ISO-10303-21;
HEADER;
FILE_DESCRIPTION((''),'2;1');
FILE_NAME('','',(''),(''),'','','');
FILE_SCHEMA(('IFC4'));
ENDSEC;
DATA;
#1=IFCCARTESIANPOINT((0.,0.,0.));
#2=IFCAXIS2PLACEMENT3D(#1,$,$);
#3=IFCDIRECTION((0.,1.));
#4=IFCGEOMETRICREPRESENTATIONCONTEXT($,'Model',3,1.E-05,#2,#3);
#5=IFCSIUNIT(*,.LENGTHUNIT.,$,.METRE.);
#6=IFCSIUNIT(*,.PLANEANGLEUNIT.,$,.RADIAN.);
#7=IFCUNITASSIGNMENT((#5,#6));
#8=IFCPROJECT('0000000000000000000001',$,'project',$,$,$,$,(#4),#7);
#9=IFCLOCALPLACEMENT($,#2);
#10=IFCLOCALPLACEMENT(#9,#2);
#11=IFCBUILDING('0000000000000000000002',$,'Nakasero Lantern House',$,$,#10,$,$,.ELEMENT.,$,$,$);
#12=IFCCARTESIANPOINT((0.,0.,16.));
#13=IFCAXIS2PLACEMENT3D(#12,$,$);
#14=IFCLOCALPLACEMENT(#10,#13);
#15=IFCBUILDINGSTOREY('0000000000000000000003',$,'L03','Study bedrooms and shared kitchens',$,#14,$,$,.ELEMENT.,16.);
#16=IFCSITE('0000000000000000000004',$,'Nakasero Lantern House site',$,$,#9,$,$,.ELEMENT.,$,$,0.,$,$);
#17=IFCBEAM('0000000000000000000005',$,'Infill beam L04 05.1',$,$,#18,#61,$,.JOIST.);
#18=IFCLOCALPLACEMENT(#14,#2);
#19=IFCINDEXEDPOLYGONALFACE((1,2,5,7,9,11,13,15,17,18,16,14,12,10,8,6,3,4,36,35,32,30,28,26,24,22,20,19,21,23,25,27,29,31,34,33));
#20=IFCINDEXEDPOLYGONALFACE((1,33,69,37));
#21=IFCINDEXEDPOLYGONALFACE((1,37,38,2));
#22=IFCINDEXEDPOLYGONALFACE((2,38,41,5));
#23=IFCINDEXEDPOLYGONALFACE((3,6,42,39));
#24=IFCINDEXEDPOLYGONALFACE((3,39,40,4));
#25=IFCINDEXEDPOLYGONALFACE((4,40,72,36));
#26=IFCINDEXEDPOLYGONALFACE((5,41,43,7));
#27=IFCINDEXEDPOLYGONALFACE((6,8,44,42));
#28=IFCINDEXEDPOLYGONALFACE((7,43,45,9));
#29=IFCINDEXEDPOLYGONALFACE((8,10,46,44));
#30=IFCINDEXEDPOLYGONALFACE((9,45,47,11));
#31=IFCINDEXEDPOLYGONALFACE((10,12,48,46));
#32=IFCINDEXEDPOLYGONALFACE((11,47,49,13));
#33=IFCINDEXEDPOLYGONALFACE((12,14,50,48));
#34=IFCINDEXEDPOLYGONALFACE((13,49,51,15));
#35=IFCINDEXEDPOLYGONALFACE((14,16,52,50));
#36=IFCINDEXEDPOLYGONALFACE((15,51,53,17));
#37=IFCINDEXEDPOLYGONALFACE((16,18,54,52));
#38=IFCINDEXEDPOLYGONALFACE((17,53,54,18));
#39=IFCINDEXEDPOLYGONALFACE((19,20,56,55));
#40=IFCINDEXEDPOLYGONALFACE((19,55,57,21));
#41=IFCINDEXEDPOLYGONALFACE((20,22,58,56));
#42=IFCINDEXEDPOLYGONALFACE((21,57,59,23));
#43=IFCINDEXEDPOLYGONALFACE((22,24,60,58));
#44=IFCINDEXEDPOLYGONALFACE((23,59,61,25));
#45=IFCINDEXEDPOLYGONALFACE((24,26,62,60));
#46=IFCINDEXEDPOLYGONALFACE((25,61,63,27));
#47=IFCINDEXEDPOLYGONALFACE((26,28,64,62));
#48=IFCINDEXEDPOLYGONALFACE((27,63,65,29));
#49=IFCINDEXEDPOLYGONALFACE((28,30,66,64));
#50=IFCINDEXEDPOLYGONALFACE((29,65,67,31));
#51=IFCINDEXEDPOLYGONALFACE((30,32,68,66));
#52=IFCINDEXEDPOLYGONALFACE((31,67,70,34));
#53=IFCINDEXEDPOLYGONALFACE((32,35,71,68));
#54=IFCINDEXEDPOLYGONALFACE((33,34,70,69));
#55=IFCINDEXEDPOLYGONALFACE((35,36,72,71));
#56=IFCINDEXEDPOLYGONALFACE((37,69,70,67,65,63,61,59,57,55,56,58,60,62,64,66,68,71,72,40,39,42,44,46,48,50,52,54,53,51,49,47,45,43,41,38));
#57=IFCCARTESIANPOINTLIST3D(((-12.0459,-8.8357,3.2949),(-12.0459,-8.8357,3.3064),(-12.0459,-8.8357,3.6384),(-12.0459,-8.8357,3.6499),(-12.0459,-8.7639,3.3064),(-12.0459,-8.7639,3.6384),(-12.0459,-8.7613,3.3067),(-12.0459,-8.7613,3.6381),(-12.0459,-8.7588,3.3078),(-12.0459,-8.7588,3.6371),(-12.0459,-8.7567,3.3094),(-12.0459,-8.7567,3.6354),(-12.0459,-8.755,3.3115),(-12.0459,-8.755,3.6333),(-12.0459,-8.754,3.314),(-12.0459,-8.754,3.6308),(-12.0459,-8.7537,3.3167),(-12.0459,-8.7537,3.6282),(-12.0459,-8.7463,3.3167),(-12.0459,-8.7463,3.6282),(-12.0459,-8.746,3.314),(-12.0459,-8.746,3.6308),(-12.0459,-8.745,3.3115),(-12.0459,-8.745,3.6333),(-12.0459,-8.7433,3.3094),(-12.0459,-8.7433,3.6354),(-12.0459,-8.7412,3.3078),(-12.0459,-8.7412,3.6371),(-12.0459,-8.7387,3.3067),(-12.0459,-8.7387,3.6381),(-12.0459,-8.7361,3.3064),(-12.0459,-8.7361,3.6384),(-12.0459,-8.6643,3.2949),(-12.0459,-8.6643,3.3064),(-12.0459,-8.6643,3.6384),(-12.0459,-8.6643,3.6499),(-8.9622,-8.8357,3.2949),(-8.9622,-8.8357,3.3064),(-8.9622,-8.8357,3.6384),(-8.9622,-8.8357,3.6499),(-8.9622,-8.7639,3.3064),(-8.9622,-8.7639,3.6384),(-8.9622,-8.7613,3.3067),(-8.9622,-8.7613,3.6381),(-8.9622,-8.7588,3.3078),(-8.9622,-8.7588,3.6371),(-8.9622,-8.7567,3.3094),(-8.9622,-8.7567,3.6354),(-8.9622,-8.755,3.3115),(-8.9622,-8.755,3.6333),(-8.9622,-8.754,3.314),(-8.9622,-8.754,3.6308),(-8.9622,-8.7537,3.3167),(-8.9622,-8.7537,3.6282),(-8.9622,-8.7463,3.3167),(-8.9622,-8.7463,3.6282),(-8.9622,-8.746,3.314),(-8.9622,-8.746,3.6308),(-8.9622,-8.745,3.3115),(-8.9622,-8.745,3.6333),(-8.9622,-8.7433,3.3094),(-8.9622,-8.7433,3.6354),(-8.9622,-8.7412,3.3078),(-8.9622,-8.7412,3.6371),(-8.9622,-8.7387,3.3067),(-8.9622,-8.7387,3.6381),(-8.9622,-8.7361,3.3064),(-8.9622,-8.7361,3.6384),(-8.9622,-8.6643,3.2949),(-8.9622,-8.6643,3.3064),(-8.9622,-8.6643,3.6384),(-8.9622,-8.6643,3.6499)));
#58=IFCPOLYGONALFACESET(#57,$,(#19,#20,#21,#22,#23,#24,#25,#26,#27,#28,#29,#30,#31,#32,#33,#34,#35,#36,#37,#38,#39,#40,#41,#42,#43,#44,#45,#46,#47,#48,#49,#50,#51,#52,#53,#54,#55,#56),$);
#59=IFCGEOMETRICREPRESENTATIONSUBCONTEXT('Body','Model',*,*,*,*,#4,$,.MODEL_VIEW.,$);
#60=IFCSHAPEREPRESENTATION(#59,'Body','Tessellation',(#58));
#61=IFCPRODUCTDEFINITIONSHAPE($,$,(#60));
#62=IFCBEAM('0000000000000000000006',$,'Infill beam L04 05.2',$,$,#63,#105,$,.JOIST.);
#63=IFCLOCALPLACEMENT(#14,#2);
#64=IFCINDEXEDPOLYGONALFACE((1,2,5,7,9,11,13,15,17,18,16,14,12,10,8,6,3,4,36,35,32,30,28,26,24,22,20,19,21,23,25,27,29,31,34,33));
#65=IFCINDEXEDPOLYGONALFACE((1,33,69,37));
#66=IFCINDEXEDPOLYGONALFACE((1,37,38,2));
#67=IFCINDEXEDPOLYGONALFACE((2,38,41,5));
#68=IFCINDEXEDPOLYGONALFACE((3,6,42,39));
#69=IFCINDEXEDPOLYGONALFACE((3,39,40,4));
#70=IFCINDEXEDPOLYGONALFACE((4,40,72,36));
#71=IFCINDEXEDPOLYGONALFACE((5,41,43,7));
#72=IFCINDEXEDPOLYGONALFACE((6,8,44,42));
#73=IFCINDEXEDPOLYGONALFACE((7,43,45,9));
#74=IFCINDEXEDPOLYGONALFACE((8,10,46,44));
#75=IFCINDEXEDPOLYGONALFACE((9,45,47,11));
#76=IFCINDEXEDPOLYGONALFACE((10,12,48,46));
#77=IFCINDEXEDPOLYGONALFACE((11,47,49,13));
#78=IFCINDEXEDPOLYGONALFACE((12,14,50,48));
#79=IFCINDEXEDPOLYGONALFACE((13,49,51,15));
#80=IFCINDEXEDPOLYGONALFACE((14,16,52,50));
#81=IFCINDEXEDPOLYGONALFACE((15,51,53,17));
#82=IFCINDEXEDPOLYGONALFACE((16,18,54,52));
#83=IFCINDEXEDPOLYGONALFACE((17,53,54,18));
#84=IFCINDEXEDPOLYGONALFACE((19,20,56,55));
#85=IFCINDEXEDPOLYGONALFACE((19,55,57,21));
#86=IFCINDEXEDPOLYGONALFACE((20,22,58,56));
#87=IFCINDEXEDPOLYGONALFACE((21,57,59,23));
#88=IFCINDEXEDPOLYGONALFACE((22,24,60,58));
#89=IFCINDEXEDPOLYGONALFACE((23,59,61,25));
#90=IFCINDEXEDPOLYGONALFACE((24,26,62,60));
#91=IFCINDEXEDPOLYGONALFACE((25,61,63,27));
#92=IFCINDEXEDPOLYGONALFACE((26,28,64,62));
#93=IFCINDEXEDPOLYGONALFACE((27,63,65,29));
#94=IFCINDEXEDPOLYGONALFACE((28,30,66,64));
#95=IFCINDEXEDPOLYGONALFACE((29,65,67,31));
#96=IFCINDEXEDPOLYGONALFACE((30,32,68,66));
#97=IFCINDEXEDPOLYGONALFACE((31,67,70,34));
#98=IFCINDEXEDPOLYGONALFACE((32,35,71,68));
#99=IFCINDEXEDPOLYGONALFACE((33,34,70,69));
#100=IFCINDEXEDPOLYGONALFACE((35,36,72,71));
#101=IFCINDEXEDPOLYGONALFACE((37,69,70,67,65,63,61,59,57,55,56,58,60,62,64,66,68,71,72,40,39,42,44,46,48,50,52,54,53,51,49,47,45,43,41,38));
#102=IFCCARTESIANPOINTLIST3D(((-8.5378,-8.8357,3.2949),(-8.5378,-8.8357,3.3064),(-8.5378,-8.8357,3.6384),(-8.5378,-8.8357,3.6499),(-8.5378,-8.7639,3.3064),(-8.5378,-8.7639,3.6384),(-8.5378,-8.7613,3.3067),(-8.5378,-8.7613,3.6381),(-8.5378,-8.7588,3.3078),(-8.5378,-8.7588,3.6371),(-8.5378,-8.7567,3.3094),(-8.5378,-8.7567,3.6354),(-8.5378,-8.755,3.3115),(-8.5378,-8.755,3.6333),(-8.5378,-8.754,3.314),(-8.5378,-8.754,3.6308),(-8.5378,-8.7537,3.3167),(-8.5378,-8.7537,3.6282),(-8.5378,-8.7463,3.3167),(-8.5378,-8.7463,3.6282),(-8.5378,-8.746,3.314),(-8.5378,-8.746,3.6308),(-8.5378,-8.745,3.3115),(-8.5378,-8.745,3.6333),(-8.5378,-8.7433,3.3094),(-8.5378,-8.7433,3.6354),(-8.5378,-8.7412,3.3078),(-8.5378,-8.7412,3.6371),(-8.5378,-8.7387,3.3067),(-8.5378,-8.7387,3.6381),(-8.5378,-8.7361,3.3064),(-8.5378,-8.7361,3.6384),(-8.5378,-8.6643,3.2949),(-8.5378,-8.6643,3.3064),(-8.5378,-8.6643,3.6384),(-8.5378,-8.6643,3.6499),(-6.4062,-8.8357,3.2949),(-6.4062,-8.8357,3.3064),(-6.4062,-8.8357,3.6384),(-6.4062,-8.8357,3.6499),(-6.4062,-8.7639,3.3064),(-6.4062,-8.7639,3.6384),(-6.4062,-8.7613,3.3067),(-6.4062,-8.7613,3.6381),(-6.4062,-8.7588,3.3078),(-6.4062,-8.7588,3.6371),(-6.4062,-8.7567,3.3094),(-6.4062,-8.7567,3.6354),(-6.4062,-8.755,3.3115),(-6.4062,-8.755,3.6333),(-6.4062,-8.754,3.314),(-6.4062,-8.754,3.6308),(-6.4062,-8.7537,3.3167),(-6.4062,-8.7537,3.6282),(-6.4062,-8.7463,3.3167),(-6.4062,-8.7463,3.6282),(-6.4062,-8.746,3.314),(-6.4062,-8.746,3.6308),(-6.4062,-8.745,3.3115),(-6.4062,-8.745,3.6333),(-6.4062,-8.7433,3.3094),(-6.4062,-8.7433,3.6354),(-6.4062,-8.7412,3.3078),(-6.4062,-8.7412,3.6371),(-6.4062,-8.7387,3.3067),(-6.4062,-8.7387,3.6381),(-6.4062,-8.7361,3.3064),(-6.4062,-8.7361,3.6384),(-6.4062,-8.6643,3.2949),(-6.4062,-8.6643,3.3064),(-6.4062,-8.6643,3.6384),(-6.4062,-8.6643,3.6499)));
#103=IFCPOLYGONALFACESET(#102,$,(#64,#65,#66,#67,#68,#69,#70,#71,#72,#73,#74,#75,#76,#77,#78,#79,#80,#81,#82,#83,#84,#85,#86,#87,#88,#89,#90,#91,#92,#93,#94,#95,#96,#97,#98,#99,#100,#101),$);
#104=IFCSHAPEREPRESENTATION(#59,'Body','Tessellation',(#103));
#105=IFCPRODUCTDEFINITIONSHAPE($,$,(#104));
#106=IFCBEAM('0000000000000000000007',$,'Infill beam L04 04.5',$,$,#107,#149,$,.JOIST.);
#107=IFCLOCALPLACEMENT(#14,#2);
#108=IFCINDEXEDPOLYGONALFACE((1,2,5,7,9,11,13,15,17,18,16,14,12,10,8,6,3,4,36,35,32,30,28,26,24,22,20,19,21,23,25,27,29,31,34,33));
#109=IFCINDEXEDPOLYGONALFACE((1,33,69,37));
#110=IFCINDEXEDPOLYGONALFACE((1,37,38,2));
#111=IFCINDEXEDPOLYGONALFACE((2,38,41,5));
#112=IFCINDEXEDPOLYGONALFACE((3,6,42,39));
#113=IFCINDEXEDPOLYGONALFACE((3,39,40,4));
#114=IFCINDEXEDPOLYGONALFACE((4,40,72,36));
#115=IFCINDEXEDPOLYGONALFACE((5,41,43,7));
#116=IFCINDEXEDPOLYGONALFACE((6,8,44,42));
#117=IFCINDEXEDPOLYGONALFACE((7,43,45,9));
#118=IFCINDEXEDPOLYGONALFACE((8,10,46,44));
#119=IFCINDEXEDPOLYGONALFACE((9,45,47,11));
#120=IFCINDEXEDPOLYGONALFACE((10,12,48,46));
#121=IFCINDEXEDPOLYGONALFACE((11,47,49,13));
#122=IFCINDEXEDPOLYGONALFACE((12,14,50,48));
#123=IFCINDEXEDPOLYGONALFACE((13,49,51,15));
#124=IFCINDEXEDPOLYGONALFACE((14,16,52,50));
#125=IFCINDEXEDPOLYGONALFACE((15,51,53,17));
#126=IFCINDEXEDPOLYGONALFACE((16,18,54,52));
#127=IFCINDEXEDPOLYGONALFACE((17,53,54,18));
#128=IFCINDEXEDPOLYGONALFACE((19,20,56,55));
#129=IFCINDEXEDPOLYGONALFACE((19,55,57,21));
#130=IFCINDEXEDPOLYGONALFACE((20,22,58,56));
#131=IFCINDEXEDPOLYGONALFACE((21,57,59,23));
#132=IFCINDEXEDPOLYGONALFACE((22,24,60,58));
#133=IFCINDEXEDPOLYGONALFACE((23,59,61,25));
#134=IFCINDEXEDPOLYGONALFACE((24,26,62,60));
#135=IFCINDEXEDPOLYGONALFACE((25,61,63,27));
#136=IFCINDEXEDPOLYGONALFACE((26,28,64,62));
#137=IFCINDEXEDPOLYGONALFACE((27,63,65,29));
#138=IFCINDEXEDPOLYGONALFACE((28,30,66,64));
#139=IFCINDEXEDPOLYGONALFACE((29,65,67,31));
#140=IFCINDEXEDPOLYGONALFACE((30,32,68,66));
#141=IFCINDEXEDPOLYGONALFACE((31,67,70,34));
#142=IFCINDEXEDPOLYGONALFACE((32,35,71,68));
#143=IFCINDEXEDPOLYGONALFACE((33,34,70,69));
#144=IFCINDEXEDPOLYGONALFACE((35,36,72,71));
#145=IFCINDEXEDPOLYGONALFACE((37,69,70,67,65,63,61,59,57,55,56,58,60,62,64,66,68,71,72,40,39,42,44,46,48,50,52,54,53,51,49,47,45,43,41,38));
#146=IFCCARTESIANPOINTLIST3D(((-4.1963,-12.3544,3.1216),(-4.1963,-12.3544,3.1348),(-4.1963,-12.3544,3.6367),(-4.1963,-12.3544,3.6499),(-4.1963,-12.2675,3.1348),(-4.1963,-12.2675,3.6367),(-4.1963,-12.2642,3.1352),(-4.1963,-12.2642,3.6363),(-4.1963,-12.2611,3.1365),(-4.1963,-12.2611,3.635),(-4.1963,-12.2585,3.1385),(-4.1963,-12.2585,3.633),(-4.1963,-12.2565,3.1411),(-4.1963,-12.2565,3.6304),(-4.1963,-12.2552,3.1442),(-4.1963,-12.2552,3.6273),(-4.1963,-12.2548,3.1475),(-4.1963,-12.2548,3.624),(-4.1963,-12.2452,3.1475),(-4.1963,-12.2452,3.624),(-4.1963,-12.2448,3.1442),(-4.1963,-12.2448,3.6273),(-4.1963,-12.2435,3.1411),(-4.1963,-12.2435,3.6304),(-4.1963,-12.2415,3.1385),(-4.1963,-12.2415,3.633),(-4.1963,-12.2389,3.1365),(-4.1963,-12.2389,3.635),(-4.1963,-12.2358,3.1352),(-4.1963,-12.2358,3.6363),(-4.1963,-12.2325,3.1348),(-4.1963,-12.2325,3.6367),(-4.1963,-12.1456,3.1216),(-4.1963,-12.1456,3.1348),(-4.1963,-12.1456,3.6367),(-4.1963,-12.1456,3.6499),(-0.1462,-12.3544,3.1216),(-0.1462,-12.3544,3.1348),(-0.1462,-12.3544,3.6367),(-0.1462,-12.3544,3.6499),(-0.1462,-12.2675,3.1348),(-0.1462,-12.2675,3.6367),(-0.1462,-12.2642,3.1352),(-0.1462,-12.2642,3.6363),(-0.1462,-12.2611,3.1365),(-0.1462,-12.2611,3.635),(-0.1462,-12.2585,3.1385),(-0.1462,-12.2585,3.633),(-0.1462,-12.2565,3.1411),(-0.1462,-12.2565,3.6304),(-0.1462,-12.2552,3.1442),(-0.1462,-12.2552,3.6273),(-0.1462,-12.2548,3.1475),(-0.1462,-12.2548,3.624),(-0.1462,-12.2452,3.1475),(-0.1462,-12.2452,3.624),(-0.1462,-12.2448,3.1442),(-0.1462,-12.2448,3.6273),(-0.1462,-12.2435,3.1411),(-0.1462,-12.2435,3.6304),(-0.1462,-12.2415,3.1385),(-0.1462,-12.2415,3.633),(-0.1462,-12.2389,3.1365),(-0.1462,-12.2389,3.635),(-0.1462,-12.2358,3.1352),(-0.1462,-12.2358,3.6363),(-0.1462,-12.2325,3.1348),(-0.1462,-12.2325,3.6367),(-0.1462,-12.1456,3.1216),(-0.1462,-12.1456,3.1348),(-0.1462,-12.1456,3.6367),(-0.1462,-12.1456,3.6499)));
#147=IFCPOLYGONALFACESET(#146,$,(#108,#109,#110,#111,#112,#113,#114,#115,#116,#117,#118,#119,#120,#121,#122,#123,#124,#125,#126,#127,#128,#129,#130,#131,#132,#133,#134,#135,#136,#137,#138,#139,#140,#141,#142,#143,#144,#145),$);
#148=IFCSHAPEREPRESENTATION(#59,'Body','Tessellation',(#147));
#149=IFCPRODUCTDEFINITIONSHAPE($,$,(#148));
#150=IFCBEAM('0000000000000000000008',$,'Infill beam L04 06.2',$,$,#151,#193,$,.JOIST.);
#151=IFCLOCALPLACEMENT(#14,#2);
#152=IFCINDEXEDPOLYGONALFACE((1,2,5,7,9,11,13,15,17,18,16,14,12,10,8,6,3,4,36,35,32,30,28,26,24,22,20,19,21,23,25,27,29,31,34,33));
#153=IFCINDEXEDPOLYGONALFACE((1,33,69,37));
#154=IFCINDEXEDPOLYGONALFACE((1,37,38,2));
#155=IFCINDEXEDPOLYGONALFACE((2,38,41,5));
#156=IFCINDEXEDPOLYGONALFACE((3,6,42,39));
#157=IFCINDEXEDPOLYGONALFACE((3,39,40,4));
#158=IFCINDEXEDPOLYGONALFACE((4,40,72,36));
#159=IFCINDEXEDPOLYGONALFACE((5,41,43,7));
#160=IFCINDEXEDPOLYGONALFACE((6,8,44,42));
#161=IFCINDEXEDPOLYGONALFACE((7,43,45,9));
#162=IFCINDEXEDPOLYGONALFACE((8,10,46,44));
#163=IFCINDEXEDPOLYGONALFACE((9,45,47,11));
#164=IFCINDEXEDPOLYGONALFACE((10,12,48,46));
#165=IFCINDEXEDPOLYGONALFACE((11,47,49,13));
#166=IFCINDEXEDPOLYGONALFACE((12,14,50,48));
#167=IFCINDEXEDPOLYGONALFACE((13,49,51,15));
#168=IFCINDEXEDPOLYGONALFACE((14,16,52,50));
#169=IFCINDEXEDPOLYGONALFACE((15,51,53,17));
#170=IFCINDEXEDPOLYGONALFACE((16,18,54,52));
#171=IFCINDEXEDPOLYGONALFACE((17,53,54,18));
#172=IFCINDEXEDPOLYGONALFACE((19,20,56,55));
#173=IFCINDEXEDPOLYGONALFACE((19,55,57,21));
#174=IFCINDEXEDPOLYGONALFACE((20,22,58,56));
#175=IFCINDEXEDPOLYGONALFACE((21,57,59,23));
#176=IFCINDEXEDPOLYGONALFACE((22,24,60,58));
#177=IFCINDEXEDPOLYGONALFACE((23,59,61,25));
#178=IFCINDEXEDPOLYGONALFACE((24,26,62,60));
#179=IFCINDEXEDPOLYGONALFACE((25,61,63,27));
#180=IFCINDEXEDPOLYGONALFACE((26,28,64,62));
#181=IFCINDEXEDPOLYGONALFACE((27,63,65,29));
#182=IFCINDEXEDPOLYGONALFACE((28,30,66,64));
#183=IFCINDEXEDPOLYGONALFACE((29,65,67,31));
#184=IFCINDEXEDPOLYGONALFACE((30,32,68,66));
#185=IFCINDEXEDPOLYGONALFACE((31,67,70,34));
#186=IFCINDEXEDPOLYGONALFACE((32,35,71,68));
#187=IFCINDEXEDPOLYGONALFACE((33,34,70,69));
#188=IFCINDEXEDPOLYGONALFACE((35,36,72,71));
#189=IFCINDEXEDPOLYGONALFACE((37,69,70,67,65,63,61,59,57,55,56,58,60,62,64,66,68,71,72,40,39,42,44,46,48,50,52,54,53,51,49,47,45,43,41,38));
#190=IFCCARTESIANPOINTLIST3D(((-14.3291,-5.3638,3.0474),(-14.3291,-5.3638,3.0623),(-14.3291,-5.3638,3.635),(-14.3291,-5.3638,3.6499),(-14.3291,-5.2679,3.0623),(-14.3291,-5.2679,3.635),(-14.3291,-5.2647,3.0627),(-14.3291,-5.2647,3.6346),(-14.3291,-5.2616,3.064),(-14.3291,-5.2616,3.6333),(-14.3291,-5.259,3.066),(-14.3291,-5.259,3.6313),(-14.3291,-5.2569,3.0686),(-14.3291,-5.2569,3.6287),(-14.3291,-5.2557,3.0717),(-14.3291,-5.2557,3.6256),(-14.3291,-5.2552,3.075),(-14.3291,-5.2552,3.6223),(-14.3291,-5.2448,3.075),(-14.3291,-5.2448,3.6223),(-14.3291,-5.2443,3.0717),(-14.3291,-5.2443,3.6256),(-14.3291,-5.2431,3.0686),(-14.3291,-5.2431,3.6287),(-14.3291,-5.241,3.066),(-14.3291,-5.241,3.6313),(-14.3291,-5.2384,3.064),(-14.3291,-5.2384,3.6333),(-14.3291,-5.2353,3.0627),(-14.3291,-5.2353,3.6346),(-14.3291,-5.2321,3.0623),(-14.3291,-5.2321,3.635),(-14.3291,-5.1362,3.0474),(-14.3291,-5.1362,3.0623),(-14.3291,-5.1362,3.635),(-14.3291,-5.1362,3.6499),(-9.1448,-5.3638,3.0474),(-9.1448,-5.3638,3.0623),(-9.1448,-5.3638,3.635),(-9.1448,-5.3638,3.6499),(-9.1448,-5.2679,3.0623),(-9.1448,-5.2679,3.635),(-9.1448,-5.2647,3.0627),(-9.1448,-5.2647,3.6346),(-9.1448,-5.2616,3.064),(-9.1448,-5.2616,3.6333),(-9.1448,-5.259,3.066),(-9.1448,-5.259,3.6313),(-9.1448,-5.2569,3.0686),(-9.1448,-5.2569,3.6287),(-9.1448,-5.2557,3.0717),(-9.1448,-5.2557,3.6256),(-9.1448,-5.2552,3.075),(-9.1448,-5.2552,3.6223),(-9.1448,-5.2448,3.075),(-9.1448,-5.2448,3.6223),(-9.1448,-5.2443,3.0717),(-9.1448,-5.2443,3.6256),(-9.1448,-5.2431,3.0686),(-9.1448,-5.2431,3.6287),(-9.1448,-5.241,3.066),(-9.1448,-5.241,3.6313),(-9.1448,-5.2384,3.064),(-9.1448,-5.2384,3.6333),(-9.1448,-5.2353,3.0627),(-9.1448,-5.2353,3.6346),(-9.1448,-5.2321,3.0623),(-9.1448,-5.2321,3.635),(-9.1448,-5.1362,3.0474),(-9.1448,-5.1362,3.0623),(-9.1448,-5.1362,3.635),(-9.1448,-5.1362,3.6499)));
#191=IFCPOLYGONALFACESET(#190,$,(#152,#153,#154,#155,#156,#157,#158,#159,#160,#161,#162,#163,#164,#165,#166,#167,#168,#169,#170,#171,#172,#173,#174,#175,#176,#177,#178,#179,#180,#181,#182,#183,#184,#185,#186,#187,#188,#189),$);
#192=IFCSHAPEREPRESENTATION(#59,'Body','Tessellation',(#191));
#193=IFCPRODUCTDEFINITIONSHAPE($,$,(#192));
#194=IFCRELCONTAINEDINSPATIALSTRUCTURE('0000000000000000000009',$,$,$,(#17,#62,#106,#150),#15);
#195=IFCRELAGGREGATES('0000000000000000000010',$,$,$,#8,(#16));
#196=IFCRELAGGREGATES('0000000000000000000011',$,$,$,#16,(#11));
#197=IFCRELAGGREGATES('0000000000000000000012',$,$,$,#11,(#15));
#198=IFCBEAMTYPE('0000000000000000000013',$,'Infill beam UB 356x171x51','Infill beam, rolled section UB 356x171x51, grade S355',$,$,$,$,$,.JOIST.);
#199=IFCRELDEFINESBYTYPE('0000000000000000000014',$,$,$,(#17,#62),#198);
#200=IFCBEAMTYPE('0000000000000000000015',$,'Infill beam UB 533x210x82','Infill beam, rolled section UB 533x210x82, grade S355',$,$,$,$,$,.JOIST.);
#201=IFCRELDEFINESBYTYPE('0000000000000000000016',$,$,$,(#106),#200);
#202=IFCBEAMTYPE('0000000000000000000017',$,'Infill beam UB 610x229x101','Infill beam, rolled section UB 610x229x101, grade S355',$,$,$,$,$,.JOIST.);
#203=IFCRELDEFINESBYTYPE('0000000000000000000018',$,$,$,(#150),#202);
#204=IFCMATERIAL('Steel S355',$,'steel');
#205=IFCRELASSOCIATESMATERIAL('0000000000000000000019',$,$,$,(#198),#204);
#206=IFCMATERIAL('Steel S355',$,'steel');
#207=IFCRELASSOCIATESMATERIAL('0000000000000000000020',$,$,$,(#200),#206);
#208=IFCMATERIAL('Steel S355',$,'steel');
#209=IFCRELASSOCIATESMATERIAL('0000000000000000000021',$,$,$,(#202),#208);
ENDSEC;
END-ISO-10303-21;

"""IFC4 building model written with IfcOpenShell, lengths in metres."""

from ifc_helpers import new_model, si_unit, direction, frame, origin, origin_2d, place, context, subcontext, project, spatial, i_section, extrude, material, material_profile, profile_set, type_object, element, save


model = new_model("IFC4")

# Units and contexts
model_context = context("Model", 3, precision=1e-05, world=origin(), true_north=direction((0.0, 1.0)))
body_context = subcontext(model_context, "Body", "Model", "MODEL_VIEW")
ifc_project = project(units=[si_unit("LENGTHUNIT", "METRE"), si_unit("PLANEANGLEUNIT", "RADIAN")], contexts=[model_context])

# Site, building, storey
site_placement = place(None, origin())
site = spatial("IfcSite", under=ifc_project, at=site_placement, Name="Nakasero Lantern House site", CompositionType="ELEMENT", RefElevation=0.0)
building_placement = place(site_placement, origin())
building = spatial("IfcBuilding", under=site, at=building_placement, Name="Nakasero Lantern House", CompositionType="ELEMENT")
storey_placement = place(building_placement, frame((0.0, 0.0, 16.0)))
storey = spatial("IfcBuildingStorey", under=building, at=storey_placement, Name="L03", Description="Study bedrooms and shared kitchens", CompositionType="ELEMENT", Elevation=16.0)

# Beams
ifc_material_1 = material(Name="Steel S355", Category="steel")
ifc_material_profile_1 = material_profile(ifc_material_1, i_section(OverallWidth=0.1714, OverallDepth=0.355, WebThickness=0.0073, FlangeThickness=0.0115, FilletRadius=0.0103, at=origin_2d()), Name="UB 356x171x51")
ifc_profile_set_1 = profile_set([ifc_material_profile_1], Name="Steel S355")
beam_type_1 = type_object("IfcBeamType", Name="Infill beam UB 356x171x51", Description="Infill beam, rolled section UB 356x171x51, grade S355", PredefinedType="JOIST", material=ifc_profile_set_1)
beam_1_placement = place(storey_placement, frame((-12.0459, -8.75, 3.4724), z_axis=(1.0, 0.0, 0.0), x_axis=(0.0, 1.0, 0.0)))
element("IfcBeam", 1, at=beam_1_placement, inside=storey, type_object=beam_type_1, Name="Infill beam L04 05.1", PredefinedType="JOIST", context=body_context, shape_type="SweptSolid", body=[
    extrude(i_section(OverallWidth=0.1714, OverallDepth=0.355, WebThickness=0.0073, FlangeThickness=0.0115, FilletRadius=0.0103, at=origin_2d()), origin(), (0.0, 0.0, 1.0), 3.0837),
])
beam_2_placement = place(storey_placement, frame((-8.5378, -8.75, 3.4724), z_axis=(1.0, 0.0, 0.0), x_axis=(0.0, 1.0, 0.0)))
element("IfcBeam", 2, at=beam_2_placement, inside=storey, type_object=beam_type_1, Name="Infill beam L04 05.2", PredefinedType="JOIST", context=body_context, shape_type="SweptSolid", body=[
    extrude(i_section(OverallWidth=0.1714, OverallDepth=0.355, WebThickness=0.0073, FlangeThickness=0.0115, FilletRadius=0.0103, at=origin_2d()), origin(), (0.0, 0.0, 1.0), 2.1316),
])
ifc_material_2 = material(Name="Steel S355", Category="steel")
ifc_material_profile_2 = material_profile(ifc_material_2, i_section(OverallWidth=0.2087, OverallDepth=0.5283, WebThickness=0.0095, FlangeThickness=0.0132, FilletRadius=0.0127, at=origin_2d()), Name="UB 533x210x82")
ifc_profile_set_2 = profile_set([ifc_material_profile_2], Name="Steel S355")
beam_type_2 = type_object("IfcBeamType", Name="Infill beam UB 533x210x82", Description="Infill beam, rolled section UB 533x210x82, grade S355", PredefinedType="JOIST", material=ifc_profile_set_2)
beam_3_placement = place(storey_placement, frame((-4.1963, -12.25, 3.3857), z_axis=(1.0, 0.0, 0.0), x_axis=(0.0, 1.0, 0.0)))
element("IfcBeam", 3, at=beam_3_placement, inside=storey, type_object=beam_type_2, Name="Infill beam L04 04.5", PredefinedType="JOIST", context=body_context, shape_type="SweptSolid", body=[
    extrude(i_section(OverallWidth=0.2087, OverallDepth=0.5283, WebThickness=0.0095, FlangeThickness=0.0132, FilletRadius=0.0127, at=origin_2d()), origin(), (0.0, 0.0, 1.0), 4.05),
])
ifc_material_3 = material(Name="Steel S355", Category="steel")
ifc_material_profile_3 = material_profile(ifc_material_3, i_section(OverallWidth=0.2275, OverallDepth=0.6025, WebThickness=0.0105, FlangeThickness=0.0149, FilletRadius=0.0127, at=origin_2d()), Name="UB 610x229x101")
ifc_profile_set_3 = profile_set([ifc_material_profile_3], Name="Steel S355")
beam_type_3 = type_object("IfcBeamType", Name="Infill beam UB 610x229x101", Description="Infill beam, rolled section UB 610x229x101, grade S355", PredefinedType="JOIST", material=ifc_profile_set_3)
beam_4_placement = place(storey_placement, frame((-14.3291, -5.25, 3.3486), z_axis=(1.0, 0.0, 0.0), x_axis=(0.0, 1.0, 0.0)))
element("IfcBeam", 4, at=beam_4_placement, inside=storey, type_object=beam_type_3, Name="Infill beam L04 06.2", PredefinedType="JOIST", context=body_context, shape_type="SweptSolid", body=[
    extrude(i_section(OverallWidth=0.2275, OverallDepth=0.6025, WebThickness=0.0105, FlangeThickness=0.0149, FilletRadius=0.0127, at=origin_2d()), origin(), (0.0, 0.0, 1.0), 5.1843),
])

save(model, "model.ifc")
